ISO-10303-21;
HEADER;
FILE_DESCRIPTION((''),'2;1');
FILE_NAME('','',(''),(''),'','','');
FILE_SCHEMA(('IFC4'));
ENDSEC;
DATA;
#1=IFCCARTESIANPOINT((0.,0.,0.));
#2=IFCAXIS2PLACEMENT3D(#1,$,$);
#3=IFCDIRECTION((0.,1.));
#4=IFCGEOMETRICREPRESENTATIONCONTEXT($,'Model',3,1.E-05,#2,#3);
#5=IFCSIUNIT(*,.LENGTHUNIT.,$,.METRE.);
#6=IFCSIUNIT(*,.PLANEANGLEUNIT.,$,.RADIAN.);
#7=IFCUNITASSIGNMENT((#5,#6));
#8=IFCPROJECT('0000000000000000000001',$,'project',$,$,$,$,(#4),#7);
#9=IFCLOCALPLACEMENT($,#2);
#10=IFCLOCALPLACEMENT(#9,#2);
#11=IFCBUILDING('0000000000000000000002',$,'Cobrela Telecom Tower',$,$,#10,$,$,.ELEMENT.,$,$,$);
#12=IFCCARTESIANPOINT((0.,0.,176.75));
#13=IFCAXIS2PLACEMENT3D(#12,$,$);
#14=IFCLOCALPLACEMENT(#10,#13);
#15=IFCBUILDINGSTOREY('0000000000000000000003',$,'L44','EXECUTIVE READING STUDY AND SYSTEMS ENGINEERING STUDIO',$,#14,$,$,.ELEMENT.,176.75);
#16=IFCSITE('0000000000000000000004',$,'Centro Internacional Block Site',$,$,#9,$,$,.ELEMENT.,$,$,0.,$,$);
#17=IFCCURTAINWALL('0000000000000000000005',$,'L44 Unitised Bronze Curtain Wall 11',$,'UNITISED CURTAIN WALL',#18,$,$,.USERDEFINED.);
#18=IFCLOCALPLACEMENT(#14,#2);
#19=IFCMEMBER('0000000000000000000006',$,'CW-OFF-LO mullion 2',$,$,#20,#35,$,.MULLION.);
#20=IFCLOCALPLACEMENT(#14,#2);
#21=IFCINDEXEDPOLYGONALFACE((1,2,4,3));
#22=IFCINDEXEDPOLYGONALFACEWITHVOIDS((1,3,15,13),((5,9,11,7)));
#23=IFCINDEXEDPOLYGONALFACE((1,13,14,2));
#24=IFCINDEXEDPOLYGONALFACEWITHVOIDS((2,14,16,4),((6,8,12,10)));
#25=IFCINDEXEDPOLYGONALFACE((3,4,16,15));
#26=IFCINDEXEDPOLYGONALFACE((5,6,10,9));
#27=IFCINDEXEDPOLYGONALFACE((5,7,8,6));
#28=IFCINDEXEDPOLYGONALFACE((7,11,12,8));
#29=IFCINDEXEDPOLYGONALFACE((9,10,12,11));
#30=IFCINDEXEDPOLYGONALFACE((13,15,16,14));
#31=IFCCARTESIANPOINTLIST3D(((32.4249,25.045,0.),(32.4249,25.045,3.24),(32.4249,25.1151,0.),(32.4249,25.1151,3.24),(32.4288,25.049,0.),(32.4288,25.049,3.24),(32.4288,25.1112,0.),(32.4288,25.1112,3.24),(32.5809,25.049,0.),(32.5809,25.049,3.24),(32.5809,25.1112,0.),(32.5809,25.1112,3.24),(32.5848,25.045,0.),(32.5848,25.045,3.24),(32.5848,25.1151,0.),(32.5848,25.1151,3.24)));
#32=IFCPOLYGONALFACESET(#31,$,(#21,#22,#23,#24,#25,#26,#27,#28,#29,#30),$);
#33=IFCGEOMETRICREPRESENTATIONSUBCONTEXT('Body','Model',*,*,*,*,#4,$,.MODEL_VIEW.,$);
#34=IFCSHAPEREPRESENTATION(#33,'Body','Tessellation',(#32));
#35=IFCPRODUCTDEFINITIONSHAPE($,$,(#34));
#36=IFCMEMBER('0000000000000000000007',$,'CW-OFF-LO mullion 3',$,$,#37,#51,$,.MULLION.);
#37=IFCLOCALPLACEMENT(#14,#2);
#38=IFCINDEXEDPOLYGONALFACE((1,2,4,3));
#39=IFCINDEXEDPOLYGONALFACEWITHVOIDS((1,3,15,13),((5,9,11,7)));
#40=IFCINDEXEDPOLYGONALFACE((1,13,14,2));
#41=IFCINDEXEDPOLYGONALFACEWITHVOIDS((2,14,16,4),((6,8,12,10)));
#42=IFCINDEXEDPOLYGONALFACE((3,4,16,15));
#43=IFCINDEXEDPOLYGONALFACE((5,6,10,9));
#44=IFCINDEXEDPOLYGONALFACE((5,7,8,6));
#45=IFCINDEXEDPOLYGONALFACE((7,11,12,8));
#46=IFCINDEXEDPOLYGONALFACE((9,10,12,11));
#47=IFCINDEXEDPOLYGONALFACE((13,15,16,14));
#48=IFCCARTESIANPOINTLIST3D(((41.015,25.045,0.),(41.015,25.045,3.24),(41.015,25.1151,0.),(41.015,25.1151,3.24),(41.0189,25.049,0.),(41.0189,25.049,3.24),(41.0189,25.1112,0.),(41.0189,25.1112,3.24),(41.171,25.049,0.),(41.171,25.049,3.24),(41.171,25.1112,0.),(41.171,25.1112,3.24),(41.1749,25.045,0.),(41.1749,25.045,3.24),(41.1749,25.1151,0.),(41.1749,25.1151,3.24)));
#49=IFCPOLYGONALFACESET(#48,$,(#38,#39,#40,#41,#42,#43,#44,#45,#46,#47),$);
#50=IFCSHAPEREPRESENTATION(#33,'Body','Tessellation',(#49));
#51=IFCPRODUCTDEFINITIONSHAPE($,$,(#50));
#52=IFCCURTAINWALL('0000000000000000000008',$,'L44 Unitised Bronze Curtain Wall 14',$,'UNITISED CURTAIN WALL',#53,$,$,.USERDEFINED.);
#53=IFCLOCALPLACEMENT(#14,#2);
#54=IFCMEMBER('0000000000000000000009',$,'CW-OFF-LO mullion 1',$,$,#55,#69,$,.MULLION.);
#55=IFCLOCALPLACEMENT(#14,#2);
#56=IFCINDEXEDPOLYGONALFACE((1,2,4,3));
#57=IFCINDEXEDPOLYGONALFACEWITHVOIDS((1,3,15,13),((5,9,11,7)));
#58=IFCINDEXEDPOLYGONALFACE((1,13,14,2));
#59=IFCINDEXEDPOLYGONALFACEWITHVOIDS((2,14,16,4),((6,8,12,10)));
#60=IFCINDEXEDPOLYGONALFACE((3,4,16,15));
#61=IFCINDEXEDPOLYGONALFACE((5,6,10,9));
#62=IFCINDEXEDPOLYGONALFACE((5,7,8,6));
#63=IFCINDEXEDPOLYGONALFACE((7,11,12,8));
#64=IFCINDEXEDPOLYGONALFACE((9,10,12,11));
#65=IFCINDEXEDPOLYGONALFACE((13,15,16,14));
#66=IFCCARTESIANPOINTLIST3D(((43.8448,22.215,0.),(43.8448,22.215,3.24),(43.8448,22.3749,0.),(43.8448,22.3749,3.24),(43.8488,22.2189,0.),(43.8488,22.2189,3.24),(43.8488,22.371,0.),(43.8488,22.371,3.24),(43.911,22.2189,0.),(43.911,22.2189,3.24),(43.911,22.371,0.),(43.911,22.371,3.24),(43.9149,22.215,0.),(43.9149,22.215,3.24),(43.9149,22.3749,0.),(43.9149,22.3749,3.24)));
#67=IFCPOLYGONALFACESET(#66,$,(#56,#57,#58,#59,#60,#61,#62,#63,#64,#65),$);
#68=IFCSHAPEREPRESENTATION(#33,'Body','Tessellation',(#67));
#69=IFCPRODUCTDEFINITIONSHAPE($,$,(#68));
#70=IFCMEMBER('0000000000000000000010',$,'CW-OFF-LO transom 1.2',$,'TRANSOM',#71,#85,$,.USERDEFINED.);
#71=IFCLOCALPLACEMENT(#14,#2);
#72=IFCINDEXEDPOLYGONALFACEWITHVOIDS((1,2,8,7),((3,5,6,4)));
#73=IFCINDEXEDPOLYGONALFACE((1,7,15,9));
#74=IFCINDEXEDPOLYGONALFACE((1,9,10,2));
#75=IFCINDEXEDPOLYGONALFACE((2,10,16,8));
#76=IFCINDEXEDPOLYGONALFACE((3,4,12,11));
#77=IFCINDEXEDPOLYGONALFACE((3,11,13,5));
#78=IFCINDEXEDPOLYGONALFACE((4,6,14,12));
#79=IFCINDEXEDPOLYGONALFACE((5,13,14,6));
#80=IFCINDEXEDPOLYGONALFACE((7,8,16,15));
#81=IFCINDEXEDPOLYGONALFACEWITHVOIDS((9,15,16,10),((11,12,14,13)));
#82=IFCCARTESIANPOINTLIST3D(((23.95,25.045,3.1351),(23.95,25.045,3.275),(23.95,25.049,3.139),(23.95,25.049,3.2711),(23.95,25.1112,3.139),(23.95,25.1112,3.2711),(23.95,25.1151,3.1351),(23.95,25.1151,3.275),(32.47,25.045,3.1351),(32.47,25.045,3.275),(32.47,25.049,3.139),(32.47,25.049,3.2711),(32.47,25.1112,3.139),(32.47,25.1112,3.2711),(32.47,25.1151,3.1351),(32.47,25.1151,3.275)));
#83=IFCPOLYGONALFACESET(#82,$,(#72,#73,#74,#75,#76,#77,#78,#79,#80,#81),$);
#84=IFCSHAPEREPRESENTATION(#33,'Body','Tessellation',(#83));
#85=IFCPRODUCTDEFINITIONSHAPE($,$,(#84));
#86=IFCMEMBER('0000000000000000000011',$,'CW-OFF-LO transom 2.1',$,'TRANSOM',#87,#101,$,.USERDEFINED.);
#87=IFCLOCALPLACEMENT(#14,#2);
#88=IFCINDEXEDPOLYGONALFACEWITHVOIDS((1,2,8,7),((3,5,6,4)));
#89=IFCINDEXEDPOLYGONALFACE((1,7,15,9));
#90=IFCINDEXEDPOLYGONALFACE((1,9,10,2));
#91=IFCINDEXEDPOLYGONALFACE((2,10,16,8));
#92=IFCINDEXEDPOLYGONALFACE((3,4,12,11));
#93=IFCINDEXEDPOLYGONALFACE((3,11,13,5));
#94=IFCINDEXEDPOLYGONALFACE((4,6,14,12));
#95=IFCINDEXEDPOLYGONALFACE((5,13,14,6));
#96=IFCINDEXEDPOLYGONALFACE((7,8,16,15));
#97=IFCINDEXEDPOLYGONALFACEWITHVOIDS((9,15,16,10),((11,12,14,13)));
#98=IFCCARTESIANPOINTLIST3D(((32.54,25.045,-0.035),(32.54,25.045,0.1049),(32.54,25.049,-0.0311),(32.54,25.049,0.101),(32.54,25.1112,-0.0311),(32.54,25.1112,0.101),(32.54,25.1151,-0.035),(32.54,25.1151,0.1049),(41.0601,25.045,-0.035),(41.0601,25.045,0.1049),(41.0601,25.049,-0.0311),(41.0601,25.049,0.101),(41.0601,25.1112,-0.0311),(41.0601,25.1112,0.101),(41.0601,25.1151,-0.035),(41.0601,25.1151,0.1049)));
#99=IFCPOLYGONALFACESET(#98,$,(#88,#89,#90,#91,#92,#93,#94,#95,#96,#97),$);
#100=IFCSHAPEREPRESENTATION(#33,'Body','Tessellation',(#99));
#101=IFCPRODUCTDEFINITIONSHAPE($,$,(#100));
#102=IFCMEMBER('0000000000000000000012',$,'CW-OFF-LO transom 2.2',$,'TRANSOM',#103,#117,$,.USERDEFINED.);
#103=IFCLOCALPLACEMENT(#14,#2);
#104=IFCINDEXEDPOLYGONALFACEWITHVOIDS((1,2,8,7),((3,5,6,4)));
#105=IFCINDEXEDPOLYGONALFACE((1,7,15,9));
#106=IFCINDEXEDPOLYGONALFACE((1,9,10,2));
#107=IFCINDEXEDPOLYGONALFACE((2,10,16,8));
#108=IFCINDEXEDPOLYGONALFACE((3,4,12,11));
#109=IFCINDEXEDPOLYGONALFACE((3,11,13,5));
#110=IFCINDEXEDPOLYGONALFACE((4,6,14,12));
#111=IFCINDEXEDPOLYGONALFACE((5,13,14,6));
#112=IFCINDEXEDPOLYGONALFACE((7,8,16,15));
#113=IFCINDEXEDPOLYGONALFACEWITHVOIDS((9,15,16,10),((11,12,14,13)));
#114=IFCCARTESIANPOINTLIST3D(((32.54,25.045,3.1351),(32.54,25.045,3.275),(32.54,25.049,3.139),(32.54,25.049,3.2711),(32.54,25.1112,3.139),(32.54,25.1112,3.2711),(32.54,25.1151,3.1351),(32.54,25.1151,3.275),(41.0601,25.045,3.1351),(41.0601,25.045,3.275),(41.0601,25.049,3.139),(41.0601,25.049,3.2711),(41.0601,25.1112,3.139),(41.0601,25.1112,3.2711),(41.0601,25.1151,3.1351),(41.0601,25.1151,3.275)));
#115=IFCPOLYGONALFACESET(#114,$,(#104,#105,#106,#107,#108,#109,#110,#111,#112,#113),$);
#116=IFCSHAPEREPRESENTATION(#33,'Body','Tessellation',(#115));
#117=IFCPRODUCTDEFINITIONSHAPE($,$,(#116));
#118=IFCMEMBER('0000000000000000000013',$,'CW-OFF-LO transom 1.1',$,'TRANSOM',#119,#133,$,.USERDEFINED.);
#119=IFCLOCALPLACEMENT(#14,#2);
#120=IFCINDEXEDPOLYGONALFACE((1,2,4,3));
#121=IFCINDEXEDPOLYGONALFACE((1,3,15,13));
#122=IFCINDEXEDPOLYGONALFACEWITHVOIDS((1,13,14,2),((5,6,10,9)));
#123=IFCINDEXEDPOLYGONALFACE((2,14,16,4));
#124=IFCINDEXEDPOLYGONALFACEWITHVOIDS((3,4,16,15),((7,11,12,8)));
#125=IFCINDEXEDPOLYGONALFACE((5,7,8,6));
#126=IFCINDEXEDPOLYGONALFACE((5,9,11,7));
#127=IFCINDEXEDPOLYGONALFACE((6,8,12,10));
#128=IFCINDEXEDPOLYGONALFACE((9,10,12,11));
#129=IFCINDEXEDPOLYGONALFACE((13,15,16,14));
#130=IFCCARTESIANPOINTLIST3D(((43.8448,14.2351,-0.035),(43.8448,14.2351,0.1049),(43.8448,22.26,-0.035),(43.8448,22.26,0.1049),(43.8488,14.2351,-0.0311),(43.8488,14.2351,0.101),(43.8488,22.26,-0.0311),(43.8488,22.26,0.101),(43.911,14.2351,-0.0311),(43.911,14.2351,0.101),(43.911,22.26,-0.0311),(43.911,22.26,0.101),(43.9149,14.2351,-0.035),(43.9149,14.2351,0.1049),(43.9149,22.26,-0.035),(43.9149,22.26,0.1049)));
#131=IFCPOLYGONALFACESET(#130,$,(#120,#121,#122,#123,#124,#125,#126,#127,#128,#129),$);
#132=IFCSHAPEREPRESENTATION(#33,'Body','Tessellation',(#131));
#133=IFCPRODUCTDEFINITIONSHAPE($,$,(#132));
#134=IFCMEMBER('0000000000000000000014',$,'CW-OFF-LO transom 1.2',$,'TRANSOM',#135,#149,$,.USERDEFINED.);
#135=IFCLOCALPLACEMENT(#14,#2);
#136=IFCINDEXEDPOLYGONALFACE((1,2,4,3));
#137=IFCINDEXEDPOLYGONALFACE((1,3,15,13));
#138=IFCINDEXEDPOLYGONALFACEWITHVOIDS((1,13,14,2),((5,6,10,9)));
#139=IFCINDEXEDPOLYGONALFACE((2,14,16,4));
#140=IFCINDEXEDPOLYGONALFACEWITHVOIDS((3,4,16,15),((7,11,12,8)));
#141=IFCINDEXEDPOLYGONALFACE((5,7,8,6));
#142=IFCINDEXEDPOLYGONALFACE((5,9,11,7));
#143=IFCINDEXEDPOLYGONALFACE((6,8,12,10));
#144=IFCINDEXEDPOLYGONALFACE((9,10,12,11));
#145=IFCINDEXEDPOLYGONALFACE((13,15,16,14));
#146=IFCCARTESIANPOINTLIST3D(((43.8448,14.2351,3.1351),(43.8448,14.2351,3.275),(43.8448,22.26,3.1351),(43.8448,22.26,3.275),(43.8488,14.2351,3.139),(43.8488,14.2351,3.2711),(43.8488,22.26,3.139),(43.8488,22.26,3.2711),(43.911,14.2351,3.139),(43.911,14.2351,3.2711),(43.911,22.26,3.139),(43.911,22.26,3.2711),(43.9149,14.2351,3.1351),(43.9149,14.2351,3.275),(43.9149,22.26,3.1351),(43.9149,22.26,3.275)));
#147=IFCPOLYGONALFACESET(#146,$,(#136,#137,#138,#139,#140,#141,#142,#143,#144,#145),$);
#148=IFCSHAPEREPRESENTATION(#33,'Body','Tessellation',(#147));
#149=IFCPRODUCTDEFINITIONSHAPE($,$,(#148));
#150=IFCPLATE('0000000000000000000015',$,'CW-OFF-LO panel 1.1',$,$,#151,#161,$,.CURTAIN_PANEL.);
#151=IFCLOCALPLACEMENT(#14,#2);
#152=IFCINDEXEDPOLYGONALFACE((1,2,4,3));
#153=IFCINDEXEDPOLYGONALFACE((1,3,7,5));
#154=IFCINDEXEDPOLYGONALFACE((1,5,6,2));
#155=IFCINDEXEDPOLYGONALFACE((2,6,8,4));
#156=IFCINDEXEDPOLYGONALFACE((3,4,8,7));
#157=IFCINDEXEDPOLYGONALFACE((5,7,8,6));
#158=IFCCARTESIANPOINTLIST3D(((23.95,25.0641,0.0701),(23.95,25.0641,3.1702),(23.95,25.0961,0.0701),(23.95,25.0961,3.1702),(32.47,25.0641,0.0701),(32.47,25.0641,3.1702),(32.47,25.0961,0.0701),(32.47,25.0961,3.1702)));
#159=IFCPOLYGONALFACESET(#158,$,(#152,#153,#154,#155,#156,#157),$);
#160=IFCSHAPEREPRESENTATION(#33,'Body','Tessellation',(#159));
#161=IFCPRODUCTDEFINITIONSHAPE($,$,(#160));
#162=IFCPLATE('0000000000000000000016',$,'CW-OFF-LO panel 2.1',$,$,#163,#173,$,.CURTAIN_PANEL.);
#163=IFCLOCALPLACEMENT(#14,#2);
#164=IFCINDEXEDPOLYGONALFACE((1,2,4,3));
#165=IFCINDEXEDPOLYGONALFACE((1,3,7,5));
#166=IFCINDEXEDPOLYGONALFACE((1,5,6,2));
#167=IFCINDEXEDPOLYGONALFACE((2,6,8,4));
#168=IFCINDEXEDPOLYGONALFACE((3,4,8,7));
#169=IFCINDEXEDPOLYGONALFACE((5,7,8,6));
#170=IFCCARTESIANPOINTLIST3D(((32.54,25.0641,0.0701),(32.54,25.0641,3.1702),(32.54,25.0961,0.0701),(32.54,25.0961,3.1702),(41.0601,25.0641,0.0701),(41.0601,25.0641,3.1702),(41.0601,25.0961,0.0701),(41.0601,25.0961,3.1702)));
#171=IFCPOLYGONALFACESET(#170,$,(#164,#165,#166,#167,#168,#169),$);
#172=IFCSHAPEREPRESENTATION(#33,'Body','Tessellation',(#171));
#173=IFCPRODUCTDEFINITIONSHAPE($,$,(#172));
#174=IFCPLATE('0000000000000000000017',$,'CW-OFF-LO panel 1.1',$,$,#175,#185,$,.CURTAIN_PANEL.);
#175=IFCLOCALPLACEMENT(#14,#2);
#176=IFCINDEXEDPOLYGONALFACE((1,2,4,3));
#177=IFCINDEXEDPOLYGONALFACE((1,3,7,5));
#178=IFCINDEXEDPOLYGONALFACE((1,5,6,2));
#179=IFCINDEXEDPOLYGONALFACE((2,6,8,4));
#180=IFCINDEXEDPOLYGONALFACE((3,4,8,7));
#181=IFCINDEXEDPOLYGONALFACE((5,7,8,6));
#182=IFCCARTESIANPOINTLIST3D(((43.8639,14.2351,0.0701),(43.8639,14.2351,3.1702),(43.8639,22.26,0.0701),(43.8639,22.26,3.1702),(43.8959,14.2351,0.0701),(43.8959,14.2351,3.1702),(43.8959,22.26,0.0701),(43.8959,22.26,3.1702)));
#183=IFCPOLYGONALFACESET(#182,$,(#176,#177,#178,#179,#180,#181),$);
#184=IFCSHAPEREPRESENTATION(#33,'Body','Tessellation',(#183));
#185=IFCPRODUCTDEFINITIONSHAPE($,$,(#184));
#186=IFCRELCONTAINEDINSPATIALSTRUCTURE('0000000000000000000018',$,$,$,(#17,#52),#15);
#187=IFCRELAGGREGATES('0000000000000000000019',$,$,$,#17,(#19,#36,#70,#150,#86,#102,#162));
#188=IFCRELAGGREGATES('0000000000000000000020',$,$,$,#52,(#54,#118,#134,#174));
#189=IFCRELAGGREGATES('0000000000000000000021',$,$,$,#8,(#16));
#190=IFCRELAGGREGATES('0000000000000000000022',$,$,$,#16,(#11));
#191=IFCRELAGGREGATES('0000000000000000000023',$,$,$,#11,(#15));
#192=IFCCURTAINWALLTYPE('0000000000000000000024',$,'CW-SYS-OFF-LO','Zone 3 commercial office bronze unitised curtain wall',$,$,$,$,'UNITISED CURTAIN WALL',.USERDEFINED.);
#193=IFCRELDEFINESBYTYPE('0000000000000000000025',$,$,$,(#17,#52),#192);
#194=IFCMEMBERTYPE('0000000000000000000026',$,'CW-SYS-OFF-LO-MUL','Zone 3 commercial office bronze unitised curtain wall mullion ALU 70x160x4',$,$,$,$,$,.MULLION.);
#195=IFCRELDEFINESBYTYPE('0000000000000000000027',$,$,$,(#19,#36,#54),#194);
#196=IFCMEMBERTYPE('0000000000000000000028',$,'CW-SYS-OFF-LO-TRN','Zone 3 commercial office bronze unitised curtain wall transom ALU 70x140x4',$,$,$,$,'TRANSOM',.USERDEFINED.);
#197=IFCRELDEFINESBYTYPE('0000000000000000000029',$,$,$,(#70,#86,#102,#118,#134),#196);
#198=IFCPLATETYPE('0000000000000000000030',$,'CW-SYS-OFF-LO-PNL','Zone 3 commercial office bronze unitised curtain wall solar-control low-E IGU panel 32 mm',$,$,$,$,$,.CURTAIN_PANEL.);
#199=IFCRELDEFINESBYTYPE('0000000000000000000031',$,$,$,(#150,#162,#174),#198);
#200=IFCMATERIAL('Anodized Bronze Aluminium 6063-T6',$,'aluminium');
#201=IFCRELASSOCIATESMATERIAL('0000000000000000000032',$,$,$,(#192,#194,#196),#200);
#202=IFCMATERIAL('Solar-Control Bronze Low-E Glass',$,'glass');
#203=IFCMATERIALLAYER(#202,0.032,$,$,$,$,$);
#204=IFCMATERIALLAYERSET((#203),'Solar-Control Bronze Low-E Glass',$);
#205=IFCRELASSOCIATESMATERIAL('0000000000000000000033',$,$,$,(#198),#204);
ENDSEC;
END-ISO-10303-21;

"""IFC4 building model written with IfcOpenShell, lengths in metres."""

from ifc_helpers import new_model, si_unit, direction, frame, origin, origin_2d, place, context, subcontext, project, spatial, rectangle, hollow_rectangle, extrude, material, layer, layer_set, material_profile, profile_set, type_object, element, aggregate, save


model = new_model("IFC4")

# Units and contexts
model_context = context("Model", 3, precision=1e-05, world=origin(), true_north=direction((0.0, 1.0)))
body_context = subcontext(model_context, "Body", "Model", "MODEL_VIEW")
ifc_project = project(units=[si_unit("LENGTHUNIT", "METRE"), si_unit("PLANEANGLEUNIT", "RADIAN")], contexts=[model_context])

# Site, building, storey
site_placement = place(None, origin())
site = spatial("IfcSite", under=ifc_project, at=site_placement, Name="Centro Internacional Block Site", CompositionType="ELEMENT", RefElevation=0.0)
building_placement = place(site_placement, origin())
building = spatial("IfcBuilding", under=site, at=building_placement, Name="Cobrela Telecom Tower", CompositionType="ELEMENT")
storey_placement = place(building_placement, frame((0.0, 0.0, 176.75)))
storey = spatial("IfcBuildingStorey", under=building, at=storey_placement, Name="L44", Description="EXECUTIVE READING STUDY AND SYSTEMS ENGINEERING STUDIO", CompositionType="ELEMENT", Elevation=176.75)

# Curtain wall, members
ifc_material_1 = material(Name="Anodized Bronze Aluminium 6063-T6", Category="aluminium")
curtain_wall_type = type_object("IfcCurtainWallType", Name="CW-SYS-OFF-LO", Description="Zone 3 commercial office bronze unitised curtain wall", ElementType="UNITISED CURTAIN WALL", PredefinedType="USERDEFINED", material=ifc_material_1)
curtain_wall_1_placement = place(storey_placement, origin())
curtain_wall_1 = element("IfcCurtainWall", 1, at=curtain_wall_1_placement, inside=storey, type_object=curtain_wall_type, Name="L44 Unitised Bronze Curtain Wall 11", ObjectType="UNITISED CURTAIN WALL", PredefinedType="USERDEFINED")
ifc_material_profile_1 = material_profile(ifc_material_1, hollow_rectangle(XDim=0.0701, YDim=0.1599, WallThickness=0.0039, at=origin_2d()), Name="ALU 70x160x4")
ifc_profile_set_1 = profile_set([ifc_material_profile_1], Name="Anodized Bronze Aluminium 6063-T6")
member_type_1 = type_object("IfcMemberType", Name="CW-SYS-OFF-LO-MUL", Description="Zone 3 commercial office bronze unitised curtain wall mullion ALU 70x160x4", PredefinedType="MULLION", material=ifc_profile_set_1)
member_1_placement = place(storey_placement, frame((32.5049, 25.0801, 0.0), z_axis=(0.0, 0.0, 1.0), x_axis=(0.0, 1.0, 0.0)))
member_1 = element("IfcMember", 2, at=member_1_placement, type_object=member_type_1, Name="CW-OFF-LO mullion 2", PredefinedType="MULLION", context=body_context, shape_type="SweptSolid", body=[
    extrude(hollow_rectangle(XDim=0.0701, YDim=0.1599, WallThickness=0.0039, at=origin_2d()), origin(), (0.0, 0.0, 1.0), 3.24),
])
member_2_placement = place(storey_placement, frame((41.095, 25.0801, 0.0), z_axis=(0.0, 0.0, 1.0), x_axis=(0.0, 1.0, 0.0)))
member_2 = element("IfcMember", 3, at=member_2_placement, type_object=member_type_1, Name="CW-OFF-LO mullion 3", PredefinedType="MULLION", context=body_context, shape_type="SweptSolid", body=[
    extrude(hollow_rectangle(XDim=0.0701, YDim=0.1599, WallThickness=0.0039, at=origin_2d()), origin(), (0.0, 0.0, 1.0), 3.24),
])

# Curtain wall, member
curtain_wall_2_placement = place(storey_placement, origin())
curtain_wall_2 = element("IfcCurtainWall", 4, at=curtain_wall_2_placement, inside=storey, type_object=curtain_wall_type, Name="L44 Unitised Bronze Curtain Wall 14", ObjectType="UNITISED CURTAIN WALL", PredefinedType="USERDEFINED")
member_3_placement = place(storey_placement, frame((43.8799, 22.2949, 0.0), z_axis=(0.0, 0.0, 1.0), x_axis=(1.0, 0.0, 0.0)))
member_3 = element("IfcMember", 5, at=member_3_placement, type_object=member_type_1, Name="CW-OFF-LO mullion 1", PredefinedType="MULLION", context=body_context, shape_type="SweptSolid", body=[
    extrude(hollow_rectangle(XDim=0.0701, YDim=0.1599, WallThickness=0.0039, at=origin_2d()), origin(), (0.0, 0.0, 1.0), 3.24),
])

# Members
ifc_material_profile_2 = material_profile(ifc_material_1, hollow_rectangle(XDim=0.0701, YDim=0.1399, WallThickness=0.0039, at=origin_2d()), Name="ALU 70x140x4")
ifc_profile_set_2 = profile_set([ifc_material_profile_2], Name="Anodized Bronze Aluminium 6063-T6")
member_type_2 = type_object("IfcMemberType", Name="CW-SYS-OFF-LO-TRN", Description="Zone 3 commercial office bronze unitised curtain wall transom ALU 70x140x4", ElementType="TRANSOM", PredefinedType="USERDEFINED", material=ifc_profile_set_2)
member_4_placement = place(storey_placement, frame((23.95, 25.0801, 3.2051), z_axis=(1.0, 0.0, 0.0), x_axis=(0.0, 1.0, 0.0)))
member_4 = element("IfcMember", 6, at=member_4_placement, type_object=member_type_2, Name="CW-OFF-LO transom 1.2", ObjectType="TRANSOM", PredefinedType="USERDEFINED", context=body_context, shape_type="SweptSolid", body=[
    extrude(hollow_rectangle(XDim=0.0701, YDim=0.1399, WallThickness=0.0039, at=origin_2d()), origin(), (0.0, 0.0, 1.0), 8.52),
])
member_5_placement = place(storey_placement, frame((32.54, 25.0801, 0.0349), z_axis=(1.0, 0.0, 0.0), x_axis=(0.0, 1.0, 0.0)))
member_5 = element("IfcMember", 7, at=member_5_placement, type_object=member_type_2, Name="CW-OFF-LO transom 2.1", ObjectType="TRANSOM", PredefinedType="USERDEFINED", context=body_context, shape_type="SweptSolid", body=[
    extrude(hollow_rectangle(XDim=0.0701, YDim=0.1399, WallThickness=0.0039, at=origin_2d()), origin(), (0.0, 0.0, 1.0), 8.52),
])
member_6_placement = place(storey_placement, frame((32.54, 25.0801, 3.2051), z_axis=(1.0, 0.0, 0.0), x_axis=(0.0, 1.0, 0.0)))
member_6 = element("IfcMember", 8, at=member_6_placement, type_object=member_type_2, Name="CW-OFF-LO transom 2.2", ObjectType="TRANSOM", PredefinedType="USERDEFINED", context=body_context, shape_type="SweptSolid", body=[
    extrude(hollow_rectangle(XDim=0.0701, YDim=0.1399, WallThickness=0.0039, at=origin_2d()), origin(), (0.0, 0.0, 1.0), 8.52),
])
member_7_placement = place(storey_placement, frame((43.8799, 22.26, 0.0349), z_axis=(0.0, -1.0, 0.0), x_axis=(1.0, 0.0, 0.0)))
member_7 = element("IfcMember", 9, at=member_7_placement, type_object=member_type_2, Name="CW-OFF-LO transom 1.1", ObjectType="TRANSOM", PredefinedType="USERDEFINED", context=body_context, shape_type="SweptSolid", body=[
    extrude(hollow_rectangle(XDim=0.0701, YDim=0.1399, WallThickness=0.0039, at=origin_2d()), origin(), (0.0, 0.0, 1.0), 8.0249),
])
member_8_placement = place(storey_placement, frame((43.8799, 22.26, 3.2051), z_axis=(0.0, -1.0, 0.0), x_axis=(1.0, 0.0, 0.0)))
member_8 = element("IfcMember", 10, at=member_8_placement, type_object=member_type_2, Name="CW-OFF-LO transom 1.2", ObjectType="TRANSOM", PredefinedType="USERDEFINED", context=body_context, shape_type="SweptSolid", body=[
    extrude(hollow_rectangle(XDim=0.0701, YDim=0.1399, WallThickness=0.0039, at=origin_2d()), origin(), (0.0, 0.0, 1.0), 8.0249),
])

# Plates
ifc_material_2 = material(Name="Solar-Control Bronze Low-E Glass", Category="glass")
ifc_layer_1 = layer(ifc_material_2, 0.032)
ifc_layer_set_1 = layer_set([ifc_layer_1], Name="Solar-Control Bronze Low-E Glass")
plate_type = type_object("IfcPlateType", Name="CW-SYS-OFF-LO-PNL", Description="Zone 3 commercial office bronze unitised curtain wall solar-control low-E IGU panel 32 mm", PredefinedType="CURTAIN_PANEL", material=ifc_layer_set_1)
plate_1_placement = place(storey_placement, frame((28.21, 25.0801, 0.0701), z_axis=(0.0, 0.0, 1.0), x_axis=(1.0, 0.0, 0.0)))
plate_1 = element("IfcPlate", 11, at=plate_1_placement, type_object=plate_type, Name="CW-OFF-LO panel 1.1", PredefinedType="CURTAIN_PANEL", context=body_context, shape_type="SweptSolid", body=[
    extrude(rectangle(XDim=8.52, YDim=0.032, at=origin_2d()), origin(), (0.0, 0.0, 1.0), 3.1001),
])
plate_2_placement = place(storey_placement, frame((36.8, 25.0801, 0.0701), z_axis=(0.0, 0.0, 1.0), x_axis=(1.0, 0.0, 0.0)))
plate_2 = element("IfcPlate", 12, at=plate_2_placement, type_object=plate_type, Name="CW-OFF-LO panel 2.1", PredefinedType="CURTAIN_PANEL", context=body_context, shape_type="SweptSolid", body=[
    extrude(rectangle(XDim=8.52, YDim=0.032, at=origin_2d()), origin(), (0.0, 0.0, 1.0), 3.1001),
])
aggregate(curtain_wall_1, [member_1, member_2, member_4, plate_1, member_5, member_6, plate_2])
plate_3_placement = place(storey_placement, frame((43.8799, 18.2476, 0.0701), z_axis=(0.0, 0.0, 1.0), x_axis=(0.0, -1.0, 0.0)))
plate_3 = element("IfcPlate", 13, at=plate_3_placement, type_object=plate_type, Name="CW-OFF-LO panel 1.1", PredefinedType="CURTAIN_PANEL", context=body_context, shape_type="SweptSolid", body=[
    extrude(rectangle(XDim=8.0249, YDim=0.032, at=origin_2d()), origin(), (0.0, 0.0, 1.0), 3.1001),
])
aggregate(curtain_wall_2, [member_3, member_7, member_8, plate_3])

save(model, "model.ifc")
